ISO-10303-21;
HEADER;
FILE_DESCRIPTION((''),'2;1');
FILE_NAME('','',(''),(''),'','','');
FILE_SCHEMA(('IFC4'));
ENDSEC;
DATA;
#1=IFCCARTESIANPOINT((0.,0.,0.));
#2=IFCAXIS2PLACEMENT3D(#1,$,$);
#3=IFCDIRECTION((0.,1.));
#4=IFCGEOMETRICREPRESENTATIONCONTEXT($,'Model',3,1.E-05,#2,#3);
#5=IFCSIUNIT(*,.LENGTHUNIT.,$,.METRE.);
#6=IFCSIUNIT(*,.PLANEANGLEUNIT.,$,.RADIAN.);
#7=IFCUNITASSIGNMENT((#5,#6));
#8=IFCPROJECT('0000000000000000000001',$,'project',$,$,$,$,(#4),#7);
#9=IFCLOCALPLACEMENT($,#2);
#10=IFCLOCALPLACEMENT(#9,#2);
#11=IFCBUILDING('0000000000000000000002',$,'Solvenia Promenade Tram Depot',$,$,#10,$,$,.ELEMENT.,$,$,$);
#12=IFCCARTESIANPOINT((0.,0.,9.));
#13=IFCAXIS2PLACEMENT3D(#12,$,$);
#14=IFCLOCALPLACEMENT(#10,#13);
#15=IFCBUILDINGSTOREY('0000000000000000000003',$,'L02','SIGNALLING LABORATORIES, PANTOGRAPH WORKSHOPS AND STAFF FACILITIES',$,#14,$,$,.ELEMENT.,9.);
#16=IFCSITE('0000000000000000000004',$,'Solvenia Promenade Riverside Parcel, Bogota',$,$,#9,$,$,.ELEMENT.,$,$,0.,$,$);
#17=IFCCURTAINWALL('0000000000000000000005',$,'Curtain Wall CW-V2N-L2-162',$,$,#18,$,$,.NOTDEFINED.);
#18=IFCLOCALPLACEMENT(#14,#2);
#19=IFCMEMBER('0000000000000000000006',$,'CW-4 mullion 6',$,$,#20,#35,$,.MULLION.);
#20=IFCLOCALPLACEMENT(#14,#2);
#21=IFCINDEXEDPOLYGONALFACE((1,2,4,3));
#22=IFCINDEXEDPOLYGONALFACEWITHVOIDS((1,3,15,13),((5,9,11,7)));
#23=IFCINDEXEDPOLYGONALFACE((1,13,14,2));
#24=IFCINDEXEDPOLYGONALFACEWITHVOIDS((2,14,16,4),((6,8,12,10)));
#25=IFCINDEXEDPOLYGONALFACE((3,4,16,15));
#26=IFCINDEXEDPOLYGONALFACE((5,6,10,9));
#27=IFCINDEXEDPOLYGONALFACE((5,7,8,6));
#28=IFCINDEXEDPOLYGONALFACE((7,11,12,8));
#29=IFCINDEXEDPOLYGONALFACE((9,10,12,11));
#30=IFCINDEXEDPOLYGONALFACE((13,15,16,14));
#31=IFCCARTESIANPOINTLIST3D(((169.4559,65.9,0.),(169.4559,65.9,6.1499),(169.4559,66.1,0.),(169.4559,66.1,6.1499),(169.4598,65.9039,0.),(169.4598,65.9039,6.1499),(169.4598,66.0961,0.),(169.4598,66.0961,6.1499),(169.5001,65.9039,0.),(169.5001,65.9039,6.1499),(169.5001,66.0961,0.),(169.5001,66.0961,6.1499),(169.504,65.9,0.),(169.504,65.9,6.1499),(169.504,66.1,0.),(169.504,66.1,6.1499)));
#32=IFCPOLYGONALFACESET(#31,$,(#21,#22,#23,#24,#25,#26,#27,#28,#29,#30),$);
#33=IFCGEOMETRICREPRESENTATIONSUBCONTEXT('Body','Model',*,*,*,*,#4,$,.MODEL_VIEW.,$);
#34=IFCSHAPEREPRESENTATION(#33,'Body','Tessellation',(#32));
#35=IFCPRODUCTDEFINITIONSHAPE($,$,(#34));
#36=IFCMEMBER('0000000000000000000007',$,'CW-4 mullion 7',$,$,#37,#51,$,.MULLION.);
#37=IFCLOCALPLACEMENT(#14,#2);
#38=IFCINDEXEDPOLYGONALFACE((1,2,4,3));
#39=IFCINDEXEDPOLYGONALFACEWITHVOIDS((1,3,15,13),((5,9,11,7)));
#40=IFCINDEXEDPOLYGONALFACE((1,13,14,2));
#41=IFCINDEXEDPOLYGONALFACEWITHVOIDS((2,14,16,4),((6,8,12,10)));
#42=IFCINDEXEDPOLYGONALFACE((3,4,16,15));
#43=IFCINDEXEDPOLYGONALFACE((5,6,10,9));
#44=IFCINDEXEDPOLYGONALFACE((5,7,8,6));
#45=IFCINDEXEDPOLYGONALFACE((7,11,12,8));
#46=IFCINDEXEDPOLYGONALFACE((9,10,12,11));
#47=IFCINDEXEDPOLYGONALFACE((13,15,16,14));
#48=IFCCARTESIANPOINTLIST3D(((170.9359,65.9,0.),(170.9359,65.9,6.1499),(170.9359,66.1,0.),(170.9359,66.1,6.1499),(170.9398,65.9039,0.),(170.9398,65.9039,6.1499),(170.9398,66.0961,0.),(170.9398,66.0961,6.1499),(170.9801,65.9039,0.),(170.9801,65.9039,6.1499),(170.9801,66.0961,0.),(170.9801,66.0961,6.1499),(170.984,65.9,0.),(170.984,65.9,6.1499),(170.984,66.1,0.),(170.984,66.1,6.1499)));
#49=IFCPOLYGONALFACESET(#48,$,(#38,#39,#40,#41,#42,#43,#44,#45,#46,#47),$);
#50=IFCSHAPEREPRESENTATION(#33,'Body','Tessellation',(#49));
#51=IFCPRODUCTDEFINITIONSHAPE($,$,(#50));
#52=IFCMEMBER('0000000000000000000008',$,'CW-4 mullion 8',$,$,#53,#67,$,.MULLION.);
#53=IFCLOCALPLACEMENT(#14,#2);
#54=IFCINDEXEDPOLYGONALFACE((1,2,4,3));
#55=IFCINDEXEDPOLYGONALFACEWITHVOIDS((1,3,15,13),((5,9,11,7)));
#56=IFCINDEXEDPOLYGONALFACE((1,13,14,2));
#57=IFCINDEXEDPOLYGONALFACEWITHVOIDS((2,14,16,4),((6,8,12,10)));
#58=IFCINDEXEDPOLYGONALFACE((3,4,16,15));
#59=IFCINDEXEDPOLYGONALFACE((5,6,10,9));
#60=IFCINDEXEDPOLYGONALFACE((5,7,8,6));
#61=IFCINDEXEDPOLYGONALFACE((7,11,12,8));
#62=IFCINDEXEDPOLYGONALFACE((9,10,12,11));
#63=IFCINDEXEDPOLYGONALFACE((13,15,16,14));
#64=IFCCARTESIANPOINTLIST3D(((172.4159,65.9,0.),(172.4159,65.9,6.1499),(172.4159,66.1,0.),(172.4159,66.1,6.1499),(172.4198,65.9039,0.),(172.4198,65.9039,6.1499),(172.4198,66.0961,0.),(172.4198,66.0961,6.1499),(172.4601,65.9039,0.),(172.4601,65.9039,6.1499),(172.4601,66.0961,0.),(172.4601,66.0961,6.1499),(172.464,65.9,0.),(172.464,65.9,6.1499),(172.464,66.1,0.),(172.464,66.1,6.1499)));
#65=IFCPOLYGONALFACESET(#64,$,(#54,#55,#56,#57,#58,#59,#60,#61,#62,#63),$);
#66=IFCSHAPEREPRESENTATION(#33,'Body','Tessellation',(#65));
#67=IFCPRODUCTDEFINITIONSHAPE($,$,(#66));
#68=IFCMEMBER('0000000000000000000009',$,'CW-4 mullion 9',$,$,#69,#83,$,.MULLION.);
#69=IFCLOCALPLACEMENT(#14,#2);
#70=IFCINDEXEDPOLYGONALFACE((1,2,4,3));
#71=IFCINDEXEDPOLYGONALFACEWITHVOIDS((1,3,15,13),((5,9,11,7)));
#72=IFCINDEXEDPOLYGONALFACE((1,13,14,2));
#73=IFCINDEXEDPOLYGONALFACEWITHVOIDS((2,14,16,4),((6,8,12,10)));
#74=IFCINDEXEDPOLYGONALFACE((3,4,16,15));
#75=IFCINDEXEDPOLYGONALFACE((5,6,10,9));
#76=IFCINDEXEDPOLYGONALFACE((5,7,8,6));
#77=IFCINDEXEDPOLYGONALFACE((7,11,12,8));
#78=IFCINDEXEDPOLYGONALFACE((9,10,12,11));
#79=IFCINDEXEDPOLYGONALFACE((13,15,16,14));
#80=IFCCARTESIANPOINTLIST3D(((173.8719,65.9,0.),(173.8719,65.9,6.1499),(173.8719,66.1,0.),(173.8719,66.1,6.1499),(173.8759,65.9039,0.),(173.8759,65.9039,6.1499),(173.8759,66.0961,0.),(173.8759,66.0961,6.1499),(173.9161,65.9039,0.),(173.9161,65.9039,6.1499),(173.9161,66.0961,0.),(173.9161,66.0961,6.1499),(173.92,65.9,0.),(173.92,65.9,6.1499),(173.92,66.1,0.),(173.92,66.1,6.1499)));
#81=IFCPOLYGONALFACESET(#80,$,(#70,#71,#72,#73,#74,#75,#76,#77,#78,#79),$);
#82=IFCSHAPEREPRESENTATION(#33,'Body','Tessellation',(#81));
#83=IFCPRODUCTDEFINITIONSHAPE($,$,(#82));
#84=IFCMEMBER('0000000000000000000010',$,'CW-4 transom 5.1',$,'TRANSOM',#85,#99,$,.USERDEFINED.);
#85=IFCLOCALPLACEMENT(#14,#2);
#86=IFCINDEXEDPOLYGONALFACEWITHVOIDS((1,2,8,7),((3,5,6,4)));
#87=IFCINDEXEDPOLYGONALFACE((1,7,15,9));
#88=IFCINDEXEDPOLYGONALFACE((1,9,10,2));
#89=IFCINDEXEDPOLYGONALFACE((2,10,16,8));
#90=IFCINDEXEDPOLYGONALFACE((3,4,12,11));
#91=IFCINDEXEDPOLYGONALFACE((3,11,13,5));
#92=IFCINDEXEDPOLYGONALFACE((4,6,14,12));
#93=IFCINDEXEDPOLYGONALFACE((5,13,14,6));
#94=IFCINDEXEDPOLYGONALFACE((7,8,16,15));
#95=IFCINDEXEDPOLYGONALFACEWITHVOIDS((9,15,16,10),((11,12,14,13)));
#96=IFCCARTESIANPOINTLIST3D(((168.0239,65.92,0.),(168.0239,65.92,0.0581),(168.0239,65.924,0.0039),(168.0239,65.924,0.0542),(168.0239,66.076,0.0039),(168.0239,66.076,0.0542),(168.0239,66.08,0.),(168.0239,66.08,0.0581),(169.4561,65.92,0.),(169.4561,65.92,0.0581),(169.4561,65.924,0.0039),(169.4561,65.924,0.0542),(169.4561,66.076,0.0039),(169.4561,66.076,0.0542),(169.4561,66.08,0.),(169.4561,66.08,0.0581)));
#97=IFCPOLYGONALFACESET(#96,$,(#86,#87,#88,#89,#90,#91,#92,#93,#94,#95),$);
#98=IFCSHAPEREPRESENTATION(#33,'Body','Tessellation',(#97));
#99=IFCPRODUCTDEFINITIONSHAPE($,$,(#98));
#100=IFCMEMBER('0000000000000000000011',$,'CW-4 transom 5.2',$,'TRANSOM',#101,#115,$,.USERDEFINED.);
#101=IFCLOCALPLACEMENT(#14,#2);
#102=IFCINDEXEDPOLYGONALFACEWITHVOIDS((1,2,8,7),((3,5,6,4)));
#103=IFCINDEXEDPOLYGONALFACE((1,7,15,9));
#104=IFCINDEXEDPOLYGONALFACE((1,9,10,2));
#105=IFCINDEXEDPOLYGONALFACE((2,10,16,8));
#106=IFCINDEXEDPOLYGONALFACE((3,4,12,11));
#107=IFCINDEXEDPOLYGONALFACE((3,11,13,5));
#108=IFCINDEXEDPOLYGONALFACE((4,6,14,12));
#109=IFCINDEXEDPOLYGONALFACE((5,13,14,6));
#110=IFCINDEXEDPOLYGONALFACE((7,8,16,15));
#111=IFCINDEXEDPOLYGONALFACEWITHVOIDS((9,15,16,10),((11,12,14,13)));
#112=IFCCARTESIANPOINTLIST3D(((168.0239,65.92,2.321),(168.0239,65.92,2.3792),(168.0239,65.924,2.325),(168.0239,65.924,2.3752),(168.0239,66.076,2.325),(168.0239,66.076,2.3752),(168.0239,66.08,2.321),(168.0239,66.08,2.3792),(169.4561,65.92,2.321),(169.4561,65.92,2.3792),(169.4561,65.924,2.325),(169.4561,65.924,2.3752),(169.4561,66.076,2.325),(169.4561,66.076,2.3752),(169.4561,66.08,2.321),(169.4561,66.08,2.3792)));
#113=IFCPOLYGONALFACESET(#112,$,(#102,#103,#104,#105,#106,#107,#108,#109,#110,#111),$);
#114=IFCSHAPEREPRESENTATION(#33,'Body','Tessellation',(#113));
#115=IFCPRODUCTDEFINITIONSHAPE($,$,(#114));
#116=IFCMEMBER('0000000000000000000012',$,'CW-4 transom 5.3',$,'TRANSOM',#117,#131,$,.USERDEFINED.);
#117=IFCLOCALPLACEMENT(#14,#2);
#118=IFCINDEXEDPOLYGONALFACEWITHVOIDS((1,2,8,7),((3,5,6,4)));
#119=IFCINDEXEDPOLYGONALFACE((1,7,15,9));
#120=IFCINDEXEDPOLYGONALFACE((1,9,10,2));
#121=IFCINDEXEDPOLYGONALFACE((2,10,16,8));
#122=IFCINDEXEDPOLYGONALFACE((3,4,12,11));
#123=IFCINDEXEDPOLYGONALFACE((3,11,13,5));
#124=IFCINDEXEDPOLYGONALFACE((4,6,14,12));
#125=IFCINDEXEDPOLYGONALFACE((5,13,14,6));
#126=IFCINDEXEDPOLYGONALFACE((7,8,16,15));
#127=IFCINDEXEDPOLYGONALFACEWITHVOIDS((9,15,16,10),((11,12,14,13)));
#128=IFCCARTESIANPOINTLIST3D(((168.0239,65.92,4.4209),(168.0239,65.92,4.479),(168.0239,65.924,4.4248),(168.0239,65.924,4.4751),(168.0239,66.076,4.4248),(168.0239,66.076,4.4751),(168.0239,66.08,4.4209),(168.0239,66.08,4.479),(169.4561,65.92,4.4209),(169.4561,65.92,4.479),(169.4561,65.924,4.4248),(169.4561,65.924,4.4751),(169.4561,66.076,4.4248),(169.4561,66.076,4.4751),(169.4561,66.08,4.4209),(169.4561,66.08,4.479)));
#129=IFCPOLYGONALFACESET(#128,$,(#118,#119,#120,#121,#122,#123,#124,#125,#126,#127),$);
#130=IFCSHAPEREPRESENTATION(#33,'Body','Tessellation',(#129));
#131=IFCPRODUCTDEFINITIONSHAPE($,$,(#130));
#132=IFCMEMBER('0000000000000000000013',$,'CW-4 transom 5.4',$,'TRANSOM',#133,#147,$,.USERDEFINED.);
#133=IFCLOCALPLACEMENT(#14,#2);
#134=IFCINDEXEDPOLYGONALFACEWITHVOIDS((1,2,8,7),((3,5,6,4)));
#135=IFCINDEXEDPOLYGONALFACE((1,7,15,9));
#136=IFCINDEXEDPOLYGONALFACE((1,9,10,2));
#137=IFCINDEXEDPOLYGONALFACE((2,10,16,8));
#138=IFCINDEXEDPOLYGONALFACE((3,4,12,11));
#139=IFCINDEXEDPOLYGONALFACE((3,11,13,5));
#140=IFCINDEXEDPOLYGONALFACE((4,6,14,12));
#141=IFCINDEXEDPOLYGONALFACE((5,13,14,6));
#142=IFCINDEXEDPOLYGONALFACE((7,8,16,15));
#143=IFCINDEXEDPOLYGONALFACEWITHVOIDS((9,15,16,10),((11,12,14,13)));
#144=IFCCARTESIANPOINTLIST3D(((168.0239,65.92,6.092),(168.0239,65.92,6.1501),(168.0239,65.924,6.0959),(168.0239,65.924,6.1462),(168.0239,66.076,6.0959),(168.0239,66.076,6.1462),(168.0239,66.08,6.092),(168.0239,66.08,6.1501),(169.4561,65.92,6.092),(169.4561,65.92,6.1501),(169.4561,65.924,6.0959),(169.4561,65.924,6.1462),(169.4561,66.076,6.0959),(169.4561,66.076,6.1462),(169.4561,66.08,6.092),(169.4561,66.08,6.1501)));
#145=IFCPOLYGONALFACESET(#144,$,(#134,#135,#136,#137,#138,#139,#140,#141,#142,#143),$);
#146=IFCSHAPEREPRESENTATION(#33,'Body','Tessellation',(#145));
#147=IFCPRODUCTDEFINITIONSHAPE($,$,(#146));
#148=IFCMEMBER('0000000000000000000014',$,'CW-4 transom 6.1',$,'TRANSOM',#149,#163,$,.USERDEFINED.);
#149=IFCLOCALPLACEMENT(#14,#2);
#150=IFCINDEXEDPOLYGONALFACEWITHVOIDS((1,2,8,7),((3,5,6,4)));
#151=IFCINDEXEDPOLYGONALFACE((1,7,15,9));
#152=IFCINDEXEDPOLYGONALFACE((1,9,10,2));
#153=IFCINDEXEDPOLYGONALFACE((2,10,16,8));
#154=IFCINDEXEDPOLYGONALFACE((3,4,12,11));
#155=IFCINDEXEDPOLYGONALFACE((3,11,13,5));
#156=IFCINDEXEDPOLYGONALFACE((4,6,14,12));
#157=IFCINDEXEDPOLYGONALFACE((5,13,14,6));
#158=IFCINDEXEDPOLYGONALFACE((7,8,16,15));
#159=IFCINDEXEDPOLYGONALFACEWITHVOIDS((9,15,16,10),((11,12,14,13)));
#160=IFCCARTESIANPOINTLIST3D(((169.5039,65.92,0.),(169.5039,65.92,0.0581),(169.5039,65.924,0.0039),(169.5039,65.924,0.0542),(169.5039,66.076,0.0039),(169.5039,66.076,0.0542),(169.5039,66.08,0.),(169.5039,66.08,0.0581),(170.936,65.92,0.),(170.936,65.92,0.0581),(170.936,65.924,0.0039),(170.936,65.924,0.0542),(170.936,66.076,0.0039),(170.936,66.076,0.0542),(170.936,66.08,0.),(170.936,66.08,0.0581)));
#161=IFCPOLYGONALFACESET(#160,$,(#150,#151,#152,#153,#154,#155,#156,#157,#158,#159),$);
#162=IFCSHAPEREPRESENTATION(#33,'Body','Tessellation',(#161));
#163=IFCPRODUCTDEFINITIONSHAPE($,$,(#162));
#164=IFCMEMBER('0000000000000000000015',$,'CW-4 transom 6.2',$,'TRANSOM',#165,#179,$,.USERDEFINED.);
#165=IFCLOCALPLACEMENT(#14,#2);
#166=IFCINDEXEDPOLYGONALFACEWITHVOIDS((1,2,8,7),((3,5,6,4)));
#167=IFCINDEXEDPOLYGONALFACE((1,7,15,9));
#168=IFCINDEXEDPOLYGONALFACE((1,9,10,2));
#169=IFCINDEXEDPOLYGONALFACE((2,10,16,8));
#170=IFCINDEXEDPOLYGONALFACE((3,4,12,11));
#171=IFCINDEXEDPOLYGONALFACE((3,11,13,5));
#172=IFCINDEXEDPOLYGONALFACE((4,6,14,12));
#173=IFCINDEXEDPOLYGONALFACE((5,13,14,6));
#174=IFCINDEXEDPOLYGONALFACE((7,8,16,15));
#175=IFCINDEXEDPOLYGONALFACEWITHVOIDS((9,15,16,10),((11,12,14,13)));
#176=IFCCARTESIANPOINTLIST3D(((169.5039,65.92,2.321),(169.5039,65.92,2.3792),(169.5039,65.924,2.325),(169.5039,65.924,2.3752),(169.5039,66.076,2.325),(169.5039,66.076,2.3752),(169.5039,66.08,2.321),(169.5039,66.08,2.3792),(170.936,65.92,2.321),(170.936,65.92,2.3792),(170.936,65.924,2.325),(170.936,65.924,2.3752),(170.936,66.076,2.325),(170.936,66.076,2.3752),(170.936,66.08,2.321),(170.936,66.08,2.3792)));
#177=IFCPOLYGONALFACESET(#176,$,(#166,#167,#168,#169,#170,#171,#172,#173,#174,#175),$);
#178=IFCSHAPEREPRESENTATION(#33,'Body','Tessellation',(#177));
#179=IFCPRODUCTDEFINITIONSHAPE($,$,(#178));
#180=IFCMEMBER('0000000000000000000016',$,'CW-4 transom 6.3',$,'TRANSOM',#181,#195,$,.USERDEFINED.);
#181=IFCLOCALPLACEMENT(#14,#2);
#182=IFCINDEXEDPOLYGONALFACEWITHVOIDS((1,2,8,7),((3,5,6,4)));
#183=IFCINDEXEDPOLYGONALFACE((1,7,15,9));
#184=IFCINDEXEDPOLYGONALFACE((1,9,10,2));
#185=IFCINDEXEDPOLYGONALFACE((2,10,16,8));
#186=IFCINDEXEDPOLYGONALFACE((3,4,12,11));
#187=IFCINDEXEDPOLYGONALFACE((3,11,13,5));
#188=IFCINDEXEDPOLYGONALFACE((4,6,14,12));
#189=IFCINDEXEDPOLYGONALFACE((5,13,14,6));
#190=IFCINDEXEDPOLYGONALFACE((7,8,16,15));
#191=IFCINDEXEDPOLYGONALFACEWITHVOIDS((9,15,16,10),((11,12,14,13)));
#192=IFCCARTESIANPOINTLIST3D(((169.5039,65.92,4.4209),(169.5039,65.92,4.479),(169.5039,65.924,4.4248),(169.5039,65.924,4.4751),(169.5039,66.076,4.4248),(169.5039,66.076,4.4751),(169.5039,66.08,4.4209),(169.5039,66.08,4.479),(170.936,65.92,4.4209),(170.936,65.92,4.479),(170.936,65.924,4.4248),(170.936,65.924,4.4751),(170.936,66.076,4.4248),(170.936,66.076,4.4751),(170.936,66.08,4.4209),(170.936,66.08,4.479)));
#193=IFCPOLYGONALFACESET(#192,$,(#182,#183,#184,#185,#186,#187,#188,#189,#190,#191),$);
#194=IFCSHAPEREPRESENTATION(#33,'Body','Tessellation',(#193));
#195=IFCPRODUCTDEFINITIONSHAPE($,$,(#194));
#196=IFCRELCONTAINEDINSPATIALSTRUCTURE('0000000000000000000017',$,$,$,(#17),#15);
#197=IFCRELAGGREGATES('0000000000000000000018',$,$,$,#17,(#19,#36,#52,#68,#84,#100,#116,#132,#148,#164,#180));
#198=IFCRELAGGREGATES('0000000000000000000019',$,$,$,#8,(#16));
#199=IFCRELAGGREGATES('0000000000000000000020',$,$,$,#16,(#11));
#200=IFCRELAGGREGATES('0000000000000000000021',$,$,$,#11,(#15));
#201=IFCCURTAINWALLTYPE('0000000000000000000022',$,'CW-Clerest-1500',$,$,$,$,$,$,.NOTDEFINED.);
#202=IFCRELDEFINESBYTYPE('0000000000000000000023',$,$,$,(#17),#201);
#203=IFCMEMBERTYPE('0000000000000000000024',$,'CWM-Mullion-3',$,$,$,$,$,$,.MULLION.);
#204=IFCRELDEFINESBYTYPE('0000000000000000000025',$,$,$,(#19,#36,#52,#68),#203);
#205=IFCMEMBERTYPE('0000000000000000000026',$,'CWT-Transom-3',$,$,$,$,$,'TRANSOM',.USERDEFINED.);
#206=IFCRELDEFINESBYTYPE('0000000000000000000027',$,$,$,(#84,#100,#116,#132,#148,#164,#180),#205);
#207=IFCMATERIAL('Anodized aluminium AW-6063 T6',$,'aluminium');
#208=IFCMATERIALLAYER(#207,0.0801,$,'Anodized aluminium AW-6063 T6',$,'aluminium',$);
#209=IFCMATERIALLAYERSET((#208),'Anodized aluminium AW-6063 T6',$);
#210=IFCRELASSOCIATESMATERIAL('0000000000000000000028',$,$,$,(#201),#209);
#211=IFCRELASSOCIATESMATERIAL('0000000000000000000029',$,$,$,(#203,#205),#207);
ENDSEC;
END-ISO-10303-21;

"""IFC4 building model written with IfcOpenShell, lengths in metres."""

from ifc_helpers import new_model, si_unit, direction, frame, origin, origin_2d, place, context, subcontext, project, spatial, hollow_rectangle, extrude, material, layer, layer_set, material_profile, profile_set, type_object, element, aggregate, save


model = new_model("IFC4")

# Units and contexts
model_context = context("Model", 3, precision=1e-05, world=origin(), true_north=direction((0.0, 1.0)))
body_context = subcontext(model_context, "Body", "Model", "MODEL_VIEW")
ifc_project = project(units=[si_unit("LENGTHUNIT", "METRE"), si_unit("PLANEANGLEUNIT", "RADIAN")], contexts=[model_context])

# Site, building, storey
site_placement = place(None, origin())
site = spatial("IfcSite", under=ifc_project, at=site_placement, Name="Solvenia Promenade Riverside Parcel, Bogota", CompositionType="ELEMENT", RefElevation=0.0)
building_placement = place(site_placement, origin())
building = spatial("IfcBuilding", under=site, at=building_placement, Name="Solvenia Promenade Tram Depot", CompositionType="ELEMENT")
storey_placement = place(building_placement, frame((0.0, 0.0, 9.0)))
storey = spatial("IfcBuildingStorey", under=building, at=storey_placement, Name="L02", Description="SIGNALLING LABORATORIES, PANTOGRAPH WORKSHOPS AND STAFF FACILITIES", CompositionType="ELEMENT", Elevation=9.0)

# Curtain wall, members
ifc_material_1 = material(Name="Anodized aluminium AW-6063 T6", Category="aluminium")
ifc_layer_1 = layer(ifc_material_1, 0.0801, Name="Anodized aluminium AW-6063 T6", Category="aluminium")
ifc_layer_set_1 = layer_set([ifc_layer_1], Name="Anodized aluminium AW-6063 T6")
curtain_wall_type = type_object("IfcCurtainWallType", Name="CW-Clerest-1500", PredefinedType="NOTDEFINED", material=ifc_layer_set_1)
curtain_wall_placement = place(storey_placement, origin())
curtain_wall = element("IfcCurtainWall", 1, at=curtain_wall_placement, inside=storey, type_object=curtain_wall_type, Name="Curtain Wall CW-V2N-L2-162", PredefinedType="NOTDEFINED")
ifc_material_profile_1 = material_profile(ifc_material_1, hollow_rectangle(XDim=0.2, YDim=0.0481, WallThickness=0.0039, at=origin_2d()), Name="ALU-M3", Category="aluminium")
ifc_profile_set_1 = profile_set([ifc_material_profile_1], Name="Anodized aluminium AW-6063 T6")
member_type_1 = type_object("IfcMemberType", Name="CWM-Mullion-3", PredefinedType="MULLION", material=ifc_profile_set_1)
member_1_placement = place(storey_placement, frame((169.48, 66.0, 0.0), z_axis=(0.0, 0.0, 1.0), x_axis=(0.0, 1.0, 0.0)))
member_1 = element("IfcMember", 2, at=member_1_placement, type_object=member_type_1, Name="CW-4 mullion 6", PredefinedType="MULLION", context=body_context, shape_type="SweptSolid", body=[
    extrude(hollow_rectangle(XDim=0.2, YDim=0.0481, WallThickness=0.0039, at=origin_2d()), origin(), (0.0, 0.0, 1.0), 6.1499),
])
member_2_placement = place(storey_placement, frame((170.96, 66.0, 0.0), z_axis=(0.0, 0.0, 1.0), x_axis=(0.0, 1.0, 0.0)))
member_2 = element("IfcMember", 3, at=member_2_placement, type_object=member_type_1, Name="CW-4 mullion 7", PredefinedType="MULLION", context=body_context, shape_type="SweptSolid", body=[
    extrude(hollow_rectangle(XDim=0.2, YDim=0.0481, WallThickness=0.0039, at=origin_2d()), origin(), (0.0, 0.0, 1.0), 6.1499),
])
member_3_placement = place(storey_placement, frame((172.4399, 66.0, 0.0), z_axis=(0.0, 0.0, 1.0), x_axis=(0.0, 1.0, 0.0)))
member_3 = element("IfcMember", 4, at=member_3_placement, type_object=member_type_1, Name="CW-4 mullion 8", PredefinedType="MULLION", context=body_context, shape_type="SweptSolid", body=[
    extrude(hollow_rectangle(XDim=0.2, YDim=0.0481, WallThickness=0.0039, at=origin_2d()), origin(), (0.0, 0.0, 1.0), 6.1499),
])
member_4_placement = place(storey_placement, frame((173.896, 66.0, 0.0), z_axis=(0.0, 0.0, 1.0), x_axis=(0.0, 1.0, 0.0)))
member_4 = element("IfcMember", 5, at=member_4_placement, type_object=member_type_1, Name="CW-4 mullion 9", PredefinedType="MULLION", context=body_context, shape_type="SweptSolid", body=[
    extrude(hollow_rectangle(XDim=0.2, YDim=0.0481, WallThickness=0.0039, at=origin_2d()), origin(), (0.0, 0.0, 1.0), 6.1499),
])
ifc_material_profile_2 = material_profile(ifc_material_1, hollow_rectangle(XDim=0.1599, YDim=0.0581, WallThickness=0.0039, at=origin_2d()), Name="ALU-T3", Category="aluminium")
ifc_profile_set_2 = profile_set([ifc_material_profile_2], Name="Anodized aluminium AW-6063 T6")
member_type_2 = type_object("IfcMemberType", Name="CWT-Transom-3", ElementType="TRANSOM", PredefinedType="USERDEFINED", material=ifc_profile_set_2)
member_5_placement = place(storey_placement, frame((168.0239, 66.0, 0.0291), z_axis=(1.0, 0.0, 0.0), x_axis=(0.0, 1.0, 0.0)))
member_5 = element("IfcMember", 6, at=member_5_placement, type_object=member_type_2, Name="CW-4 transom 5.1", ObjectType="TRANSOM", PredefinedType="USERDEFINED", context=body_context, shape_type="SweptSolid", body=[
    extrude(hollow_rectangle(XDim=0.1599, YDim=0.0581, WallThickness=0.0039, at=origin_2d()), origin(), (0.0, 0.0, 1.0), 1.4321),
])
member_6_placement = place(storey_placement, frame((168.0239, 66.0, 2.3501), z_axis=(1.0, 0.0, 0.0), x_axis=(0.0, 1.0, 0.0)))
member_6 = element("IfcMember", 7, at=member_6_placement, type_object=member_type_2, Name="CW-4 transom 5.2", ObjectType="TRANSOM", PredefinedType="USERDEFINED", context=body_context, shape_type="SweptSolid", body=[
    extrude(hollow_rectangle(XDim=0.1599, YDim=0.0581, WallThickness=0.0039, at=origin_2d()), origin(), (0.0, 0.0, 1.0), 1.4321),
])
member_7_placement = place(storey_placement, frame((168.0239, 66.0, 4.45), z_axis=(1.0, 0.0, 0.0), x_axis=(0.0, 1.0, 0.0)))
member_7 = element("IfcMember", 8, at=member_7_placement, type_object=member_type_2, Name="CW-4 transom 5.3", ObjectType="TRANSOM", PredefinedType="USERDEFINED", context=body_context, shape_type="SweptSolid", body=[
    extrude(hollow_rectangle(XDim=0.1599, YDim=0.0581, WallThickness=0.0039, at=origin_2d()), origin(), (0.0, 0.0, 1.0), 1.4321),
])
member_8_placement = place(storey_placement, frame((168.0239, 66.0, 6.1211), z_axis=(1.0, 0.0, 0.0), x_axis=(0.0, 1.0, 0.0)))
member_8 = element("IfcMember", 9, at=member_8_placement, type_object=member_type_2, Name="CW-4 transom 5.4", ObjectType="TRANSOM", PredefinedType="USERDEFINED", context=body_context, shape_type="SweptSolid", body=[
    extrude(hollow_rectangle(XDim=0.1599, YDim=0.0581, WallThickness=0.0039, at=origin_2d()), origin(), (0.0, 0.0, 1.0), 1.4321),
])
member_9_placement = place(storey_placement, frame((169.5039, 66.0, 0.0291), z_axis=(1.0, 0.0, 0.0), x_axis=(0.0, 1.0, 0.0)))
member_9 = element("IfcMember", 10, at=member_9_placement, type_object=member_type_2, Name="CW-4 transom 6.1", ObjectType="TRANSOM", PredefinedType="USERDEFINED", context=body_context, shape_type="SweptSolid", body=[
    extrude(hollow_rectangle(XDim=0.1599, YDim=0.0581, WallThickness=0.0039, at=origin_2d()), origin(), (0.0, 0.0, 1.0), 1.4321),
])
member_10_placement = place(storey_placement, frame((169.5039, 66.0, 2.3501), z_axis=(1.0, 0.0, 0.0), x_axis=(0.0, 1.0, 0.0)))
member_10 = element("IfcMember", 11, at=member_10_placement, type_object=member_type_2, Name="CW-4 transom 6.2", ObjectType="TRANSOM", PredefinedType="USERDEFINED", context=body_context, shape_type="SweptSolid", body=[
    extrude(hollow_rectangle(XDim=0.1599, YDim=0.0581, WallThickness=0.0039, at=origin_2d()), origin(), (0.0, 0.0, 1.0), 1.4321),
])
member_11_placement = place(storey_placement, frame((169.5039, 66.0, 4.45), z_axis=(1.0, 0.0, 0.0), x_axis=(0.0, 1.0, 0.0)))
member_11 = element("IfcMember", 12, at=member_11_placement, type_object=member_type_2, Name="CW-4 transom 6.3", ObjectType="TRANSOM", PredefinedType="USERDEFINED", context=body_context, shape_type="SweptSolid", body=[
    extrude(hollow_rectangle(XDim=0.1599, YDim=0.0581, WallThickness=0.0039, at=origin_2d()), origin(), (0.0, 0.0, 1.0), 1.4321),
])
aggregate(curtain_wall, [member_1, member_2, member_3, member_4, member_5, member_6, member_7, member_8, member_9, member_10, member_11])

save(model, "model.ifc")
